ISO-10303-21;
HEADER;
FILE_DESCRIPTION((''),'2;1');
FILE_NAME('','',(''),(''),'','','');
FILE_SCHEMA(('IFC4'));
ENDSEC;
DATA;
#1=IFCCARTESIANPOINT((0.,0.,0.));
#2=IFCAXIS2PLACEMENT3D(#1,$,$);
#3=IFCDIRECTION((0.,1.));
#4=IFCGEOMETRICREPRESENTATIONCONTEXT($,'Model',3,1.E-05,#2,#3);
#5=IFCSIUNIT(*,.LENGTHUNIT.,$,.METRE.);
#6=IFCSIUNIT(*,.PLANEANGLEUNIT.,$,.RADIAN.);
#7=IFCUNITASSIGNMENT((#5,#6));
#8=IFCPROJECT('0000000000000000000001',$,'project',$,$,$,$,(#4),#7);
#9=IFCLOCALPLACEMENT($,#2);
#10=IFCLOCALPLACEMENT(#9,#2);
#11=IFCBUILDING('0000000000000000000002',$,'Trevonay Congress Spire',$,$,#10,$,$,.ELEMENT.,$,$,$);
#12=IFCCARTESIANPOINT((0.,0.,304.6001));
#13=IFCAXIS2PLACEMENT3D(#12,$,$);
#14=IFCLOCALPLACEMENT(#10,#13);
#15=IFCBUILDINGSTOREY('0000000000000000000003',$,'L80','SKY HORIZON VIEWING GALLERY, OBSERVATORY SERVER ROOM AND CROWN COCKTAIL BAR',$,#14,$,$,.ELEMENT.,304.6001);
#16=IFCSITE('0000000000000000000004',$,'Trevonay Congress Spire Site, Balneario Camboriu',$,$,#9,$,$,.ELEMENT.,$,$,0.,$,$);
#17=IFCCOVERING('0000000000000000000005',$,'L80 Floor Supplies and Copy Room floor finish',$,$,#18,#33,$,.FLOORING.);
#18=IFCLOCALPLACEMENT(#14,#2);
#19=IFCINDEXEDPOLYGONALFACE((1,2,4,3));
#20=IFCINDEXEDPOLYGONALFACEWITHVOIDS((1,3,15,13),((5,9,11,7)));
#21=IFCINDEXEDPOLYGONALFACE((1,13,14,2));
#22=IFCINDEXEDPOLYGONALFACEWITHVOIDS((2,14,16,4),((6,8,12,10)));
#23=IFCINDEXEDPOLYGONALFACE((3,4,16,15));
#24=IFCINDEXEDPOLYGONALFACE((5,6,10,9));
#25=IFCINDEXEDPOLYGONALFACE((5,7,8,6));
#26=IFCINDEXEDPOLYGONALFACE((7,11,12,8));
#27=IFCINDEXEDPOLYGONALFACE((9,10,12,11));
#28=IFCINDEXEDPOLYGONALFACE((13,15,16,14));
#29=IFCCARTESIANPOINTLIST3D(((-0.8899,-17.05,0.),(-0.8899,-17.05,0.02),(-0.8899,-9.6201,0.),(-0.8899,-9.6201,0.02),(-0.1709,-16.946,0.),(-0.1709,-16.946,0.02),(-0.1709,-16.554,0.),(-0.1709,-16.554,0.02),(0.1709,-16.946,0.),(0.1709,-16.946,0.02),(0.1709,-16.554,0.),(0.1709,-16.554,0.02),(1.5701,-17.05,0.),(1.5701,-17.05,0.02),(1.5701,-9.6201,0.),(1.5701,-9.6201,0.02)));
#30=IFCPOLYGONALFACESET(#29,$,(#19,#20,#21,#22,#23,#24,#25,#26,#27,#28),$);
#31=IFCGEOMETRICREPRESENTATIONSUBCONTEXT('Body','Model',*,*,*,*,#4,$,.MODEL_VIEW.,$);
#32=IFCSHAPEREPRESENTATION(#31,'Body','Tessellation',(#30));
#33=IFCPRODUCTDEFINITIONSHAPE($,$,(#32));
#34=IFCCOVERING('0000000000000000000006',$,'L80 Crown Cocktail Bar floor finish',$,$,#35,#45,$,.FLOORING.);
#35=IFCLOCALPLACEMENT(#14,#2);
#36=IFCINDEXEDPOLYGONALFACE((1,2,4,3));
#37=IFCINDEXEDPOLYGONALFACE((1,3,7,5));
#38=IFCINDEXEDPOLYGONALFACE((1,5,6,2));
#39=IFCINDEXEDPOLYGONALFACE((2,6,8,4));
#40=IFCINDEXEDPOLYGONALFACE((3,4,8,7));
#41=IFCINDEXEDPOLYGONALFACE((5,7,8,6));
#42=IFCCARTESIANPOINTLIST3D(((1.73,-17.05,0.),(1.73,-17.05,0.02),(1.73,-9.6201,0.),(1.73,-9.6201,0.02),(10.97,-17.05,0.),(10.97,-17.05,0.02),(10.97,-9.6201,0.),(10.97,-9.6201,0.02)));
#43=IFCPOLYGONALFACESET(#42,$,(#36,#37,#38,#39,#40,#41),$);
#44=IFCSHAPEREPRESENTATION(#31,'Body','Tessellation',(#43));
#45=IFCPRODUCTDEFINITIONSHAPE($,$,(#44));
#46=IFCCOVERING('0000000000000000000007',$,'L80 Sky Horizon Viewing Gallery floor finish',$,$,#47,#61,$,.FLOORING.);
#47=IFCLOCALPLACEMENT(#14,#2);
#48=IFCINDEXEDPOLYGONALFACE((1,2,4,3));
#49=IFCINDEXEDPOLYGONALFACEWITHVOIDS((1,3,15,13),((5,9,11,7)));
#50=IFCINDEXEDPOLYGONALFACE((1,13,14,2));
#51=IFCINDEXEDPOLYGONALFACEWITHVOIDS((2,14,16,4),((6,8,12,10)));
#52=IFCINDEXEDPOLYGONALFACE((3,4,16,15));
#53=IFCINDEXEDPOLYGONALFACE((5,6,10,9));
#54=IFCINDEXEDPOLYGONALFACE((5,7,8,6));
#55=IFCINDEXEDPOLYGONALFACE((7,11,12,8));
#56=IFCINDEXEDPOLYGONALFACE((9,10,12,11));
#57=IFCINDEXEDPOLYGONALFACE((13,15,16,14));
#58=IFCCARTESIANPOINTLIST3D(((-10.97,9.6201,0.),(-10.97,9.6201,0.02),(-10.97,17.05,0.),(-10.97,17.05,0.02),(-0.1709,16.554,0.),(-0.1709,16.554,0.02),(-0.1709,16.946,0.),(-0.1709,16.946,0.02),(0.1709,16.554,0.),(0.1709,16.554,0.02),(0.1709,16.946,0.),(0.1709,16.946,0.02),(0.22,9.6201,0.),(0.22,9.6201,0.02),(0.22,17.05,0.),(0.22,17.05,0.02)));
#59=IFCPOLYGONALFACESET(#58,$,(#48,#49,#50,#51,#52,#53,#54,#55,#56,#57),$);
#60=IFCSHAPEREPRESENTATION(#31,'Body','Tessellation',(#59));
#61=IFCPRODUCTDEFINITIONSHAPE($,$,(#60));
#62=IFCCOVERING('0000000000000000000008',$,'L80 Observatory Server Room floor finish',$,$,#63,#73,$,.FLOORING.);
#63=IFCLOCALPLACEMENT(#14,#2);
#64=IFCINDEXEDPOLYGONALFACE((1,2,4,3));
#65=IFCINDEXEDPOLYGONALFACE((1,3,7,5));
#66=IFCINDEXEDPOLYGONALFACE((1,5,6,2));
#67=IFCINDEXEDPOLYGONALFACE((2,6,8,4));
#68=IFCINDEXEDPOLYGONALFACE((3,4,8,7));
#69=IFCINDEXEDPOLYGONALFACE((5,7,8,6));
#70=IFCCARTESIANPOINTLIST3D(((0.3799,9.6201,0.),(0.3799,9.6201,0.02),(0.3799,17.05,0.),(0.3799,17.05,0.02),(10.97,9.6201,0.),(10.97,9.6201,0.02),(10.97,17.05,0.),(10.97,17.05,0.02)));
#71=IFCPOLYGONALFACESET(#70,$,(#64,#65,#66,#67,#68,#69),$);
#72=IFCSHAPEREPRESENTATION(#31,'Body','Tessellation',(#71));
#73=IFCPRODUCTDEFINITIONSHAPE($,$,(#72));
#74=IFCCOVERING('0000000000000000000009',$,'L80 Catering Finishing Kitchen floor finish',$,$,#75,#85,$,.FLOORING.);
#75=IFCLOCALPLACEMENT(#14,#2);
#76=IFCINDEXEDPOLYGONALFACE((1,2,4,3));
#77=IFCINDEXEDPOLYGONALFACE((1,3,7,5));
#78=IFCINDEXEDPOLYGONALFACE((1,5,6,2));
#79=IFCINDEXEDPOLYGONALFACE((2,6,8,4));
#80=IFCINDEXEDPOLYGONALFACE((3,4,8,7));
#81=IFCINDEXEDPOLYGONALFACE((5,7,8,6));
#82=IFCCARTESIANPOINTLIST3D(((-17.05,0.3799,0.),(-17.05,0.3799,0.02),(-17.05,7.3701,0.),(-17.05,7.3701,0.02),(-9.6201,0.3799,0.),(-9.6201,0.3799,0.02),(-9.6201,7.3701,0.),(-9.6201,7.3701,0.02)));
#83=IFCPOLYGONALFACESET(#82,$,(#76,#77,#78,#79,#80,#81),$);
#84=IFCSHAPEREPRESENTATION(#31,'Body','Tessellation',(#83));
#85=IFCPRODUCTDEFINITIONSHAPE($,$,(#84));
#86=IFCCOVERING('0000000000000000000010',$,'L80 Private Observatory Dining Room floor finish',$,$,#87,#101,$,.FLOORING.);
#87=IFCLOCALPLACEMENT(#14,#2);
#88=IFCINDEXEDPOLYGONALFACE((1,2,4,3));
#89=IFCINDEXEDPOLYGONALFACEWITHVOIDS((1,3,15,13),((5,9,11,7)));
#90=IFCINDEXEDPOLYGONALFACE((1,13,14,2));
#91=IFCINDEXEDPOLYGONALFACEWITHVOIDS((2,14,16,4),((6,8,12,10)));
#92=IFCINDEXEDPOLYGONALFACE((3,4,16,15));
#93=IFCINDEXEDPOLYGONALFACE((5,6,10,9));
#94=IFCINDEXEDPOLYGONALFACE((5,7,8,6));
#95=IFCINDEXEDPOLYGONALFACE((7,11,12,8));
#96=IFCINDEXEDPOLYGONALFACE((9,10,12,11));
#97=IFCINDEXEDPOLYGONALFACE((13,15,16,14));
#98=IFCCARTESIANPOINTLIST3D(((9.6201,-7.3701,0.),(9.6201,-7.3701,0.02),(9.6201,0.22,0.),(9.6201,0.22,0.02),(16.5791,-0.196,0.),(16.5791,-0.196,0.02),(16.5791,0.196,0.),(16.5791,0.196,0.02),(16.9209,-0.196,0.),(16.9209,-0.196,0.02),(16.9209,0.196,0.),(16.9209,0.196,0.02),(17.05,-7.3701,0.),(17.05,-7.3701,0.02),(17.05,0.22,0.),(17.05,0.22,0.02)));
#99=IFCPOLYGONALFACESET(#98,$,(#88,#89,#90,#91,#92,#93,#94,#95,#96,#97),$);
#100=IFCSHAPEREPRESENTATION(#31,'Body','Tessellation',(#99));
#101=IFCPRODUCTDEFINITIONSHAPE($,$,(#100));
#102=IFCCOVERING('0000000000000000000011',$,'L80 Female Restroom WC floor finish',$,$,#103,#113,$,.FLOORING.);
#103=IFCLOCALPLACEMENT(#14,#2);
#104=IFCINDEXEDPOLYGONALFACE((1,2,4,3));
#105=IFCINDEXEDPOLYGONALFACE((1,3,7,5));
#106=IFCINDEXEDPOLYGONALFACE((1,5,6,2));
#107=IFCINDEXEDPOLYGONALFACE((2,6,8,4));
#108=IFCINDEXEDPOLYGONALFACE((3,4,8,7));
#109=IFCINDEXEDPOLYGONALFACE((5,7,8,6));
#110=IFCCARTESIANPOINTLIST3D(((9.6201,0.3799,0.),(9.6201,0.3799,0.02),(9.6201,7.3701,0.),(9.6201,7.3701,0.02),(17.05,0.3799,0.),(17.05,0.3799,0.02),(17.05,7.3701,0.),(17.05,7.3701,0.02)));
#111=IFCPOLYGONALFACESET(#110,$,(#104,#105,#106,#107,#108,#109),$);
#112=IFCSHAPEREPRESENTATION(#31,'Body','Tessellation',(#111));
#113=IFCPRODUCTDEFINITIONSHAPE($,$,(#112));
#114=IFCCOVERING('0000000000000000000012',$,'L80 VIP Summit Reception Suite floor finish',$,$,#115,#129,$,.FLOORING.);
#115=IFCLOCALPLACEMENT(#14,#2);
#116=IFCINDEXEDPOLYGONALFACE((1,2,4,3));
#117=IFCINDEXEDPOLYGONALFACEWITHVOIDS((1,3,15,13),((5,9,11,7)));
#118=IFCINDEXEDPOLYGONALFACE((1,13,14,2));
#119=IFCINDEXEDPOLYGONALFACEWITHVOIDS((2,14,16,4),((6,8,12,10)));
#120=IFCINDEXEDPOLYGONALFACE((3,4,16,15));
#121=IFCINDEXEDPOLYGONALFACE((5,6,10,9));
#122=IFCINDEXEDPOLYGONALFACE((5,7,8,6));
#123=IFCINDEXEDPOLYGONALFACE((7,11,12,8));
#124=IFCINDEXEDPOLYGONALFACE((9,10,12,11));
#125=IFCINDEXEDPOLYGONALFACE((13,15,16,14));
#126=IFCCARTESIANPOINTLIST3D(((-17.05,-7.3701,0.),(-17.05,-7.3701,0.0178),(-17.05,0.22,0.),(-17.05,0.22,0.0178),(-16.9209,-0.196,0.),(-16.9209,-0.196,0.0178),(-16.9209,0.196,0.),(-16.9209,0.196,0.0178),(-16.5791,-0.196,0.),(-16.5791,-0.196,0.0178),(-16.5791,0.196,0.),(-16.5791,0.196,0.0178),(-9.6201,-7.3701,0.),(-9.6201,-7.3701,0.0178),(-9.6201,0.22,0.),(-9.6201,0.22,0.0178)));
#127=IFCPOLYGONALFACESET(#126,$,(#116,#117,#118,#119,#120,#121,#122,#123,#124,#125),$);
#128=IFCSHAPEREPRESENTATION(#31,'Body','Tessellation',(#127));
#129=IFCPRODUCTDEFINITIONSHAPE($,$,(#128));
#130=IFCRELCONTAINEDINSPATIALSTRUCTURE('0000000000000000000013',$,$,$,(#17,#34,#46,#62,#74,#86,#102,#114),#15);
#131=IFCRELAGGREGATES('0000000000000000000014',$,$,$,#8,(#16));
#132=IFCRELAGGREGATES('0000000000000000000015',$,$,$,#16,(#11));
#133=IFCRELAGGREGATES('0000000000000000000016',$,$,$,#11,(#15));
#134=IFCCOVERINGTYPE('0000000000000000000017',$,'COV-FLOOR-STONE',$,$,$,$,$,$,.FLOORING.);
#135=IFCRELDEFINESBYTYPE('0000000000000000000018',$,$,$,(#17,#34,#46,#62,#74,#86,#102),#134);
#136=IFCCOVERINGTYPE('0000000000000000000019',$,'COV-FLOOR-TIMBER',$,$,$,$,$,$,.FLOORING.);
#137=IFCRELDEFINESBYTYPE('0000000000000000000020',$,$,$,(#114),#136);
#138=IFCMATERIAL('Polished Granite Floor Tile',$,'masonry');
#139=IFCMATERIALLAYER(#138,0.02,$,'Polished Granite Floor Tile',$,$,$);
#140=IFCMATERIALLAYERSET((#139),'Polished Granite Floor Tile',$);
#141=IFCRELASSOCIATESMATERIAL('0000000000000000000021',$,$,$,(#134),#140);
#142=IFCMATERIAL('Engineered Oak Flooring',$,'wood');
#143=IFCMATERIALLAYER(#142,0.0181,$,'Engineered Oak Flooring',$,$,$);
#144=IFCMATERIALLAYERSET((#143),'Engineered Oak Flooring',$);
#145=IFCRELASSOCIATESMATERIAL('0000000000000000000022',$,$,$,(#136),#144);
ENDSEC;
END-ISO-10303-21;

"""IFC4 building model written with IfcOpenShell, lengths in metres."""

from ifc_helpers import new_model, si_unit, direction, frame, origin, place, context, subcontext, project, spatial, polyline, outline, extrude, material, layer, layer_set, type_object, element, save


model = new_model("IFC4")

# Units and contexts
model_context = context("Model", 3, precision=1e-05, world=origin(), true_north=direction((0.0, 1.0)))
body_context = subcontext(model_context, "Body", "Model", "MODEL_VIEW")
ifc_project = project(units=[si_unit("LENGTHUNIT", "METRE"), si_unit("PLANEANGLEUNIT", "RADIAN")], contexts=[model_context])

# Site, building, storey
site_placement = place(None, origin())
site = spatial("IfcSite", under=ifc_project, at=site_placement, Name="Trevonay Congress Spire Site, Balneario Camboriu", CompositionType="ELEMENT", RefElevation=0.0)
building_placement = place(site_placement, origin())
building = spatial("IfcBuilding", under=site, at=building_placement, Name="Trevonay Congress Spire", CompositionType="ELEMENT")
storey_placement = place(building_placement, frame((0.0, 0.0, 304.6001)))
storey = spatial("IfcBuildingStorey", under=building, at=storey_placement, Name="L80", Description="SKY HORIZON VIEWING GALLERY, OBSERVATORY SERVER ROOM AND CROWN COCKTAIL BAR", CompositionType="ELEMENT", Elevation=304.6001)

# Coverings
ifc_material_1 = material(Name="Polished Granite Floor Tile", Category="masonry")
ifc_layer_1 = layer(ifc_material_1, 0.02, Name="Polished Granite Floor Tile")
ifc_layer_set_1 = layer_set([ifc_layer_1], Name="Polished Granite Floor Tile")
covering_type_1 = type_object("IfcCoveringType", Name="COV-FLOOR-STONE", PredefinedType="FLOORING", material=ifc_layer_set_1)
covering_1_placement = place(storey_placement, origin())
element("IfcCovering", 1, at=covering_1_placement, inside=storey, type_object=covering_type_1, Name="L80 Floor Supplies and Copy Room floor finish", PredefinedType="FLOORING", context=body_context, shape_type="SweptSolid", body=[
    extrude(outline(polyline([(-0.8899, -9.6201), (1.5701, -9.6201), (1.5701, -17.05), (-0.8899, -17.05), (-0.8899, -9.6201)]), holes=[polyline([(0.1709, -16.946), (0.1709, -16.554), (-0.1709, -16.554), (-0.1709, -16.946), (0.1709, -16.946)])]), origin(), (0.0, 0.0, 1.0), 0.02),
])
covering_2_placement = place(storey_placement, origin())
element("IfcCovering", 2, at=covering_2_placement, inside=storey, type_object=covering_type_1, Name="L80 Crown Cocktail Bar floor finish", PredefinedType="FLOORING", context=body_context, shape_type="SweptSolid", body=[
    extrude(outline(polyline([(1.73, -17.05), (10.97, -17.05), (10.97, -9.6201), (1.73, -9.6201), (1.73, -17.05)])), origin(), (0.0, 0.0, 1.0), 0.02),
])
covering_3_placement = place(storey_placement, origin())
element("IfcCovering", 3, at=covering_3_placement, inside=storey, type_object=covering_type_1, Name="L80 Sky Horizon Viewing Gallery floor finish", PredefinedType="FLOORING", context=body_context, shape_type="SweptSolid", body=[
    extrude(outline(polyline([(-10.97, 17.05), (0.22, 17.05), (0.22, 9.6201), (-10.97, 9.6201), (-10.97, 17.05)]), holes=[polyline([(0.1709, 16.554), (0.1709, 16.946), (-0.1709, 16.946), (-0.1709, 16.554), (0.1709, 16.554)])]), origin(), (0.0, 0.0, 1.0), 0.02),
])
covering_4_placement = place(storey_placement, origin())
element("IfcCovering", 4, at=covering_4_placement, inside=storey, type_object=covering_type_1, Name="L80 Observatory Server Room floor finish", PredefinedType="FLOORING", context=body_context, shape_type="SweptSolid", body=[
    extrude(outline(polyline([(0.3799, 9.6201), (10.97, 9.6201), (10.97, 17.05), (0.3799, 17.05), (0.3799, 9.6201)])), origin(), (0.0, 0.0, 1.0), 0.02),
])
covering_5_placement = place(storey_placement, origin())
element("IfcCovering", 5, at=covering_5_placement, inside=storey, type_object=covering_type_1, Name="L80 Catering Finishing Kitchen floor finish", PredefinedType="FLOORING", context=body_context, shape_type="SweptSolid", body=[
    extrude(outline(polyline([(-17.05, 0.3799), (-9.6201, 0.3799), (-9.6201, 7.3701), (-17.05, 7.3701), (-17.05, 0.3799)])), origin(), (0.0, 0.0, 1.0), 0.02),
])
covering_6_placement = place(storey_placement, origin())
element("IfcCovering", 6, at=covering_6_placement, inside=storey, type_object=covering_type_1, Name="L80 Private Observatory Dining Room floor finish", PredefinedType="FLOORING", context=body_context, shape_type="SweptSolid", body=[
    extrude(outline(polyline([(9.6201, 0.22), (17.05, 0.22), (17.05, -7.3701), (9.6201, -7.3701), (9.6201, 0.22)]), holes=[polyline([(16.9209, -0.196), (16.9209, 0.196), (16.5791, 0.196), (16.5791, -0.196), (16.9209, -0.196)])]), origin(), (0.0, 0.0, 1.0), 0.02),
])
covering_7_placement = place(storey_placement, origin())
element("IfcCovering", 7, at=covering_7_placement, inside=storey, type_object=covering_type_1, Name="L80 Female Restroom WC floor finish", PredefinedType="FLOORING", context=body_context, shape_type="SweptSolid", body=[
    extrude(outline(polyline([(9.6201, 0.3799), (17.05, 0.3799), (17.05, 7.3701), (9.6201, 7.3701), (9.6201, 0.3799)])), origin(), (0.0, 0.0, 1.0), 0.02),
])
ifc_material_2 = material(Name="Engineered Oak Flooring", Category="wood")
ifc_layer_2 = layer(ifc_material_2, 0.0181, Name="Engineered Oak Flooring")
ifc_layer_set_2 = layer_set([ifc_layer_2], Name="Engineered Oak Flooring")
covering_type_2 = type_object("IfcCoveringType", Name="COV-FLOOR-TIMBER", PredefinedType="FLOORING", material=ifc_layer_set_2)
covering_8_placement = place(storey_placement, origin())
element("IfcCovering", 8, at=covering_8_placement, inside=storey, type_object=covering_type_2, Name="L80 VIP Summit Reception Suite floor finish", PredefinedType="FLOORING", context=body_context, shape_type="SweptSolid", body=[
    extrude(outline(polyline([(-17.05, 0.22), (-9.6201, 0.22), (-9.6201, -7.3701), (-17.05, -7.3701), (-17.05, 0.22)]), holes=[polyline([(-16.5791, -0.196), (-16.5791, 0.196), (-16.9209, 0.196), (-16.9209, -0.196), (-16.5791, -0.196)])]), origin(), (0.0, 0.0, 1.0), 0.0178),
])

save(model, "model.ifc")
